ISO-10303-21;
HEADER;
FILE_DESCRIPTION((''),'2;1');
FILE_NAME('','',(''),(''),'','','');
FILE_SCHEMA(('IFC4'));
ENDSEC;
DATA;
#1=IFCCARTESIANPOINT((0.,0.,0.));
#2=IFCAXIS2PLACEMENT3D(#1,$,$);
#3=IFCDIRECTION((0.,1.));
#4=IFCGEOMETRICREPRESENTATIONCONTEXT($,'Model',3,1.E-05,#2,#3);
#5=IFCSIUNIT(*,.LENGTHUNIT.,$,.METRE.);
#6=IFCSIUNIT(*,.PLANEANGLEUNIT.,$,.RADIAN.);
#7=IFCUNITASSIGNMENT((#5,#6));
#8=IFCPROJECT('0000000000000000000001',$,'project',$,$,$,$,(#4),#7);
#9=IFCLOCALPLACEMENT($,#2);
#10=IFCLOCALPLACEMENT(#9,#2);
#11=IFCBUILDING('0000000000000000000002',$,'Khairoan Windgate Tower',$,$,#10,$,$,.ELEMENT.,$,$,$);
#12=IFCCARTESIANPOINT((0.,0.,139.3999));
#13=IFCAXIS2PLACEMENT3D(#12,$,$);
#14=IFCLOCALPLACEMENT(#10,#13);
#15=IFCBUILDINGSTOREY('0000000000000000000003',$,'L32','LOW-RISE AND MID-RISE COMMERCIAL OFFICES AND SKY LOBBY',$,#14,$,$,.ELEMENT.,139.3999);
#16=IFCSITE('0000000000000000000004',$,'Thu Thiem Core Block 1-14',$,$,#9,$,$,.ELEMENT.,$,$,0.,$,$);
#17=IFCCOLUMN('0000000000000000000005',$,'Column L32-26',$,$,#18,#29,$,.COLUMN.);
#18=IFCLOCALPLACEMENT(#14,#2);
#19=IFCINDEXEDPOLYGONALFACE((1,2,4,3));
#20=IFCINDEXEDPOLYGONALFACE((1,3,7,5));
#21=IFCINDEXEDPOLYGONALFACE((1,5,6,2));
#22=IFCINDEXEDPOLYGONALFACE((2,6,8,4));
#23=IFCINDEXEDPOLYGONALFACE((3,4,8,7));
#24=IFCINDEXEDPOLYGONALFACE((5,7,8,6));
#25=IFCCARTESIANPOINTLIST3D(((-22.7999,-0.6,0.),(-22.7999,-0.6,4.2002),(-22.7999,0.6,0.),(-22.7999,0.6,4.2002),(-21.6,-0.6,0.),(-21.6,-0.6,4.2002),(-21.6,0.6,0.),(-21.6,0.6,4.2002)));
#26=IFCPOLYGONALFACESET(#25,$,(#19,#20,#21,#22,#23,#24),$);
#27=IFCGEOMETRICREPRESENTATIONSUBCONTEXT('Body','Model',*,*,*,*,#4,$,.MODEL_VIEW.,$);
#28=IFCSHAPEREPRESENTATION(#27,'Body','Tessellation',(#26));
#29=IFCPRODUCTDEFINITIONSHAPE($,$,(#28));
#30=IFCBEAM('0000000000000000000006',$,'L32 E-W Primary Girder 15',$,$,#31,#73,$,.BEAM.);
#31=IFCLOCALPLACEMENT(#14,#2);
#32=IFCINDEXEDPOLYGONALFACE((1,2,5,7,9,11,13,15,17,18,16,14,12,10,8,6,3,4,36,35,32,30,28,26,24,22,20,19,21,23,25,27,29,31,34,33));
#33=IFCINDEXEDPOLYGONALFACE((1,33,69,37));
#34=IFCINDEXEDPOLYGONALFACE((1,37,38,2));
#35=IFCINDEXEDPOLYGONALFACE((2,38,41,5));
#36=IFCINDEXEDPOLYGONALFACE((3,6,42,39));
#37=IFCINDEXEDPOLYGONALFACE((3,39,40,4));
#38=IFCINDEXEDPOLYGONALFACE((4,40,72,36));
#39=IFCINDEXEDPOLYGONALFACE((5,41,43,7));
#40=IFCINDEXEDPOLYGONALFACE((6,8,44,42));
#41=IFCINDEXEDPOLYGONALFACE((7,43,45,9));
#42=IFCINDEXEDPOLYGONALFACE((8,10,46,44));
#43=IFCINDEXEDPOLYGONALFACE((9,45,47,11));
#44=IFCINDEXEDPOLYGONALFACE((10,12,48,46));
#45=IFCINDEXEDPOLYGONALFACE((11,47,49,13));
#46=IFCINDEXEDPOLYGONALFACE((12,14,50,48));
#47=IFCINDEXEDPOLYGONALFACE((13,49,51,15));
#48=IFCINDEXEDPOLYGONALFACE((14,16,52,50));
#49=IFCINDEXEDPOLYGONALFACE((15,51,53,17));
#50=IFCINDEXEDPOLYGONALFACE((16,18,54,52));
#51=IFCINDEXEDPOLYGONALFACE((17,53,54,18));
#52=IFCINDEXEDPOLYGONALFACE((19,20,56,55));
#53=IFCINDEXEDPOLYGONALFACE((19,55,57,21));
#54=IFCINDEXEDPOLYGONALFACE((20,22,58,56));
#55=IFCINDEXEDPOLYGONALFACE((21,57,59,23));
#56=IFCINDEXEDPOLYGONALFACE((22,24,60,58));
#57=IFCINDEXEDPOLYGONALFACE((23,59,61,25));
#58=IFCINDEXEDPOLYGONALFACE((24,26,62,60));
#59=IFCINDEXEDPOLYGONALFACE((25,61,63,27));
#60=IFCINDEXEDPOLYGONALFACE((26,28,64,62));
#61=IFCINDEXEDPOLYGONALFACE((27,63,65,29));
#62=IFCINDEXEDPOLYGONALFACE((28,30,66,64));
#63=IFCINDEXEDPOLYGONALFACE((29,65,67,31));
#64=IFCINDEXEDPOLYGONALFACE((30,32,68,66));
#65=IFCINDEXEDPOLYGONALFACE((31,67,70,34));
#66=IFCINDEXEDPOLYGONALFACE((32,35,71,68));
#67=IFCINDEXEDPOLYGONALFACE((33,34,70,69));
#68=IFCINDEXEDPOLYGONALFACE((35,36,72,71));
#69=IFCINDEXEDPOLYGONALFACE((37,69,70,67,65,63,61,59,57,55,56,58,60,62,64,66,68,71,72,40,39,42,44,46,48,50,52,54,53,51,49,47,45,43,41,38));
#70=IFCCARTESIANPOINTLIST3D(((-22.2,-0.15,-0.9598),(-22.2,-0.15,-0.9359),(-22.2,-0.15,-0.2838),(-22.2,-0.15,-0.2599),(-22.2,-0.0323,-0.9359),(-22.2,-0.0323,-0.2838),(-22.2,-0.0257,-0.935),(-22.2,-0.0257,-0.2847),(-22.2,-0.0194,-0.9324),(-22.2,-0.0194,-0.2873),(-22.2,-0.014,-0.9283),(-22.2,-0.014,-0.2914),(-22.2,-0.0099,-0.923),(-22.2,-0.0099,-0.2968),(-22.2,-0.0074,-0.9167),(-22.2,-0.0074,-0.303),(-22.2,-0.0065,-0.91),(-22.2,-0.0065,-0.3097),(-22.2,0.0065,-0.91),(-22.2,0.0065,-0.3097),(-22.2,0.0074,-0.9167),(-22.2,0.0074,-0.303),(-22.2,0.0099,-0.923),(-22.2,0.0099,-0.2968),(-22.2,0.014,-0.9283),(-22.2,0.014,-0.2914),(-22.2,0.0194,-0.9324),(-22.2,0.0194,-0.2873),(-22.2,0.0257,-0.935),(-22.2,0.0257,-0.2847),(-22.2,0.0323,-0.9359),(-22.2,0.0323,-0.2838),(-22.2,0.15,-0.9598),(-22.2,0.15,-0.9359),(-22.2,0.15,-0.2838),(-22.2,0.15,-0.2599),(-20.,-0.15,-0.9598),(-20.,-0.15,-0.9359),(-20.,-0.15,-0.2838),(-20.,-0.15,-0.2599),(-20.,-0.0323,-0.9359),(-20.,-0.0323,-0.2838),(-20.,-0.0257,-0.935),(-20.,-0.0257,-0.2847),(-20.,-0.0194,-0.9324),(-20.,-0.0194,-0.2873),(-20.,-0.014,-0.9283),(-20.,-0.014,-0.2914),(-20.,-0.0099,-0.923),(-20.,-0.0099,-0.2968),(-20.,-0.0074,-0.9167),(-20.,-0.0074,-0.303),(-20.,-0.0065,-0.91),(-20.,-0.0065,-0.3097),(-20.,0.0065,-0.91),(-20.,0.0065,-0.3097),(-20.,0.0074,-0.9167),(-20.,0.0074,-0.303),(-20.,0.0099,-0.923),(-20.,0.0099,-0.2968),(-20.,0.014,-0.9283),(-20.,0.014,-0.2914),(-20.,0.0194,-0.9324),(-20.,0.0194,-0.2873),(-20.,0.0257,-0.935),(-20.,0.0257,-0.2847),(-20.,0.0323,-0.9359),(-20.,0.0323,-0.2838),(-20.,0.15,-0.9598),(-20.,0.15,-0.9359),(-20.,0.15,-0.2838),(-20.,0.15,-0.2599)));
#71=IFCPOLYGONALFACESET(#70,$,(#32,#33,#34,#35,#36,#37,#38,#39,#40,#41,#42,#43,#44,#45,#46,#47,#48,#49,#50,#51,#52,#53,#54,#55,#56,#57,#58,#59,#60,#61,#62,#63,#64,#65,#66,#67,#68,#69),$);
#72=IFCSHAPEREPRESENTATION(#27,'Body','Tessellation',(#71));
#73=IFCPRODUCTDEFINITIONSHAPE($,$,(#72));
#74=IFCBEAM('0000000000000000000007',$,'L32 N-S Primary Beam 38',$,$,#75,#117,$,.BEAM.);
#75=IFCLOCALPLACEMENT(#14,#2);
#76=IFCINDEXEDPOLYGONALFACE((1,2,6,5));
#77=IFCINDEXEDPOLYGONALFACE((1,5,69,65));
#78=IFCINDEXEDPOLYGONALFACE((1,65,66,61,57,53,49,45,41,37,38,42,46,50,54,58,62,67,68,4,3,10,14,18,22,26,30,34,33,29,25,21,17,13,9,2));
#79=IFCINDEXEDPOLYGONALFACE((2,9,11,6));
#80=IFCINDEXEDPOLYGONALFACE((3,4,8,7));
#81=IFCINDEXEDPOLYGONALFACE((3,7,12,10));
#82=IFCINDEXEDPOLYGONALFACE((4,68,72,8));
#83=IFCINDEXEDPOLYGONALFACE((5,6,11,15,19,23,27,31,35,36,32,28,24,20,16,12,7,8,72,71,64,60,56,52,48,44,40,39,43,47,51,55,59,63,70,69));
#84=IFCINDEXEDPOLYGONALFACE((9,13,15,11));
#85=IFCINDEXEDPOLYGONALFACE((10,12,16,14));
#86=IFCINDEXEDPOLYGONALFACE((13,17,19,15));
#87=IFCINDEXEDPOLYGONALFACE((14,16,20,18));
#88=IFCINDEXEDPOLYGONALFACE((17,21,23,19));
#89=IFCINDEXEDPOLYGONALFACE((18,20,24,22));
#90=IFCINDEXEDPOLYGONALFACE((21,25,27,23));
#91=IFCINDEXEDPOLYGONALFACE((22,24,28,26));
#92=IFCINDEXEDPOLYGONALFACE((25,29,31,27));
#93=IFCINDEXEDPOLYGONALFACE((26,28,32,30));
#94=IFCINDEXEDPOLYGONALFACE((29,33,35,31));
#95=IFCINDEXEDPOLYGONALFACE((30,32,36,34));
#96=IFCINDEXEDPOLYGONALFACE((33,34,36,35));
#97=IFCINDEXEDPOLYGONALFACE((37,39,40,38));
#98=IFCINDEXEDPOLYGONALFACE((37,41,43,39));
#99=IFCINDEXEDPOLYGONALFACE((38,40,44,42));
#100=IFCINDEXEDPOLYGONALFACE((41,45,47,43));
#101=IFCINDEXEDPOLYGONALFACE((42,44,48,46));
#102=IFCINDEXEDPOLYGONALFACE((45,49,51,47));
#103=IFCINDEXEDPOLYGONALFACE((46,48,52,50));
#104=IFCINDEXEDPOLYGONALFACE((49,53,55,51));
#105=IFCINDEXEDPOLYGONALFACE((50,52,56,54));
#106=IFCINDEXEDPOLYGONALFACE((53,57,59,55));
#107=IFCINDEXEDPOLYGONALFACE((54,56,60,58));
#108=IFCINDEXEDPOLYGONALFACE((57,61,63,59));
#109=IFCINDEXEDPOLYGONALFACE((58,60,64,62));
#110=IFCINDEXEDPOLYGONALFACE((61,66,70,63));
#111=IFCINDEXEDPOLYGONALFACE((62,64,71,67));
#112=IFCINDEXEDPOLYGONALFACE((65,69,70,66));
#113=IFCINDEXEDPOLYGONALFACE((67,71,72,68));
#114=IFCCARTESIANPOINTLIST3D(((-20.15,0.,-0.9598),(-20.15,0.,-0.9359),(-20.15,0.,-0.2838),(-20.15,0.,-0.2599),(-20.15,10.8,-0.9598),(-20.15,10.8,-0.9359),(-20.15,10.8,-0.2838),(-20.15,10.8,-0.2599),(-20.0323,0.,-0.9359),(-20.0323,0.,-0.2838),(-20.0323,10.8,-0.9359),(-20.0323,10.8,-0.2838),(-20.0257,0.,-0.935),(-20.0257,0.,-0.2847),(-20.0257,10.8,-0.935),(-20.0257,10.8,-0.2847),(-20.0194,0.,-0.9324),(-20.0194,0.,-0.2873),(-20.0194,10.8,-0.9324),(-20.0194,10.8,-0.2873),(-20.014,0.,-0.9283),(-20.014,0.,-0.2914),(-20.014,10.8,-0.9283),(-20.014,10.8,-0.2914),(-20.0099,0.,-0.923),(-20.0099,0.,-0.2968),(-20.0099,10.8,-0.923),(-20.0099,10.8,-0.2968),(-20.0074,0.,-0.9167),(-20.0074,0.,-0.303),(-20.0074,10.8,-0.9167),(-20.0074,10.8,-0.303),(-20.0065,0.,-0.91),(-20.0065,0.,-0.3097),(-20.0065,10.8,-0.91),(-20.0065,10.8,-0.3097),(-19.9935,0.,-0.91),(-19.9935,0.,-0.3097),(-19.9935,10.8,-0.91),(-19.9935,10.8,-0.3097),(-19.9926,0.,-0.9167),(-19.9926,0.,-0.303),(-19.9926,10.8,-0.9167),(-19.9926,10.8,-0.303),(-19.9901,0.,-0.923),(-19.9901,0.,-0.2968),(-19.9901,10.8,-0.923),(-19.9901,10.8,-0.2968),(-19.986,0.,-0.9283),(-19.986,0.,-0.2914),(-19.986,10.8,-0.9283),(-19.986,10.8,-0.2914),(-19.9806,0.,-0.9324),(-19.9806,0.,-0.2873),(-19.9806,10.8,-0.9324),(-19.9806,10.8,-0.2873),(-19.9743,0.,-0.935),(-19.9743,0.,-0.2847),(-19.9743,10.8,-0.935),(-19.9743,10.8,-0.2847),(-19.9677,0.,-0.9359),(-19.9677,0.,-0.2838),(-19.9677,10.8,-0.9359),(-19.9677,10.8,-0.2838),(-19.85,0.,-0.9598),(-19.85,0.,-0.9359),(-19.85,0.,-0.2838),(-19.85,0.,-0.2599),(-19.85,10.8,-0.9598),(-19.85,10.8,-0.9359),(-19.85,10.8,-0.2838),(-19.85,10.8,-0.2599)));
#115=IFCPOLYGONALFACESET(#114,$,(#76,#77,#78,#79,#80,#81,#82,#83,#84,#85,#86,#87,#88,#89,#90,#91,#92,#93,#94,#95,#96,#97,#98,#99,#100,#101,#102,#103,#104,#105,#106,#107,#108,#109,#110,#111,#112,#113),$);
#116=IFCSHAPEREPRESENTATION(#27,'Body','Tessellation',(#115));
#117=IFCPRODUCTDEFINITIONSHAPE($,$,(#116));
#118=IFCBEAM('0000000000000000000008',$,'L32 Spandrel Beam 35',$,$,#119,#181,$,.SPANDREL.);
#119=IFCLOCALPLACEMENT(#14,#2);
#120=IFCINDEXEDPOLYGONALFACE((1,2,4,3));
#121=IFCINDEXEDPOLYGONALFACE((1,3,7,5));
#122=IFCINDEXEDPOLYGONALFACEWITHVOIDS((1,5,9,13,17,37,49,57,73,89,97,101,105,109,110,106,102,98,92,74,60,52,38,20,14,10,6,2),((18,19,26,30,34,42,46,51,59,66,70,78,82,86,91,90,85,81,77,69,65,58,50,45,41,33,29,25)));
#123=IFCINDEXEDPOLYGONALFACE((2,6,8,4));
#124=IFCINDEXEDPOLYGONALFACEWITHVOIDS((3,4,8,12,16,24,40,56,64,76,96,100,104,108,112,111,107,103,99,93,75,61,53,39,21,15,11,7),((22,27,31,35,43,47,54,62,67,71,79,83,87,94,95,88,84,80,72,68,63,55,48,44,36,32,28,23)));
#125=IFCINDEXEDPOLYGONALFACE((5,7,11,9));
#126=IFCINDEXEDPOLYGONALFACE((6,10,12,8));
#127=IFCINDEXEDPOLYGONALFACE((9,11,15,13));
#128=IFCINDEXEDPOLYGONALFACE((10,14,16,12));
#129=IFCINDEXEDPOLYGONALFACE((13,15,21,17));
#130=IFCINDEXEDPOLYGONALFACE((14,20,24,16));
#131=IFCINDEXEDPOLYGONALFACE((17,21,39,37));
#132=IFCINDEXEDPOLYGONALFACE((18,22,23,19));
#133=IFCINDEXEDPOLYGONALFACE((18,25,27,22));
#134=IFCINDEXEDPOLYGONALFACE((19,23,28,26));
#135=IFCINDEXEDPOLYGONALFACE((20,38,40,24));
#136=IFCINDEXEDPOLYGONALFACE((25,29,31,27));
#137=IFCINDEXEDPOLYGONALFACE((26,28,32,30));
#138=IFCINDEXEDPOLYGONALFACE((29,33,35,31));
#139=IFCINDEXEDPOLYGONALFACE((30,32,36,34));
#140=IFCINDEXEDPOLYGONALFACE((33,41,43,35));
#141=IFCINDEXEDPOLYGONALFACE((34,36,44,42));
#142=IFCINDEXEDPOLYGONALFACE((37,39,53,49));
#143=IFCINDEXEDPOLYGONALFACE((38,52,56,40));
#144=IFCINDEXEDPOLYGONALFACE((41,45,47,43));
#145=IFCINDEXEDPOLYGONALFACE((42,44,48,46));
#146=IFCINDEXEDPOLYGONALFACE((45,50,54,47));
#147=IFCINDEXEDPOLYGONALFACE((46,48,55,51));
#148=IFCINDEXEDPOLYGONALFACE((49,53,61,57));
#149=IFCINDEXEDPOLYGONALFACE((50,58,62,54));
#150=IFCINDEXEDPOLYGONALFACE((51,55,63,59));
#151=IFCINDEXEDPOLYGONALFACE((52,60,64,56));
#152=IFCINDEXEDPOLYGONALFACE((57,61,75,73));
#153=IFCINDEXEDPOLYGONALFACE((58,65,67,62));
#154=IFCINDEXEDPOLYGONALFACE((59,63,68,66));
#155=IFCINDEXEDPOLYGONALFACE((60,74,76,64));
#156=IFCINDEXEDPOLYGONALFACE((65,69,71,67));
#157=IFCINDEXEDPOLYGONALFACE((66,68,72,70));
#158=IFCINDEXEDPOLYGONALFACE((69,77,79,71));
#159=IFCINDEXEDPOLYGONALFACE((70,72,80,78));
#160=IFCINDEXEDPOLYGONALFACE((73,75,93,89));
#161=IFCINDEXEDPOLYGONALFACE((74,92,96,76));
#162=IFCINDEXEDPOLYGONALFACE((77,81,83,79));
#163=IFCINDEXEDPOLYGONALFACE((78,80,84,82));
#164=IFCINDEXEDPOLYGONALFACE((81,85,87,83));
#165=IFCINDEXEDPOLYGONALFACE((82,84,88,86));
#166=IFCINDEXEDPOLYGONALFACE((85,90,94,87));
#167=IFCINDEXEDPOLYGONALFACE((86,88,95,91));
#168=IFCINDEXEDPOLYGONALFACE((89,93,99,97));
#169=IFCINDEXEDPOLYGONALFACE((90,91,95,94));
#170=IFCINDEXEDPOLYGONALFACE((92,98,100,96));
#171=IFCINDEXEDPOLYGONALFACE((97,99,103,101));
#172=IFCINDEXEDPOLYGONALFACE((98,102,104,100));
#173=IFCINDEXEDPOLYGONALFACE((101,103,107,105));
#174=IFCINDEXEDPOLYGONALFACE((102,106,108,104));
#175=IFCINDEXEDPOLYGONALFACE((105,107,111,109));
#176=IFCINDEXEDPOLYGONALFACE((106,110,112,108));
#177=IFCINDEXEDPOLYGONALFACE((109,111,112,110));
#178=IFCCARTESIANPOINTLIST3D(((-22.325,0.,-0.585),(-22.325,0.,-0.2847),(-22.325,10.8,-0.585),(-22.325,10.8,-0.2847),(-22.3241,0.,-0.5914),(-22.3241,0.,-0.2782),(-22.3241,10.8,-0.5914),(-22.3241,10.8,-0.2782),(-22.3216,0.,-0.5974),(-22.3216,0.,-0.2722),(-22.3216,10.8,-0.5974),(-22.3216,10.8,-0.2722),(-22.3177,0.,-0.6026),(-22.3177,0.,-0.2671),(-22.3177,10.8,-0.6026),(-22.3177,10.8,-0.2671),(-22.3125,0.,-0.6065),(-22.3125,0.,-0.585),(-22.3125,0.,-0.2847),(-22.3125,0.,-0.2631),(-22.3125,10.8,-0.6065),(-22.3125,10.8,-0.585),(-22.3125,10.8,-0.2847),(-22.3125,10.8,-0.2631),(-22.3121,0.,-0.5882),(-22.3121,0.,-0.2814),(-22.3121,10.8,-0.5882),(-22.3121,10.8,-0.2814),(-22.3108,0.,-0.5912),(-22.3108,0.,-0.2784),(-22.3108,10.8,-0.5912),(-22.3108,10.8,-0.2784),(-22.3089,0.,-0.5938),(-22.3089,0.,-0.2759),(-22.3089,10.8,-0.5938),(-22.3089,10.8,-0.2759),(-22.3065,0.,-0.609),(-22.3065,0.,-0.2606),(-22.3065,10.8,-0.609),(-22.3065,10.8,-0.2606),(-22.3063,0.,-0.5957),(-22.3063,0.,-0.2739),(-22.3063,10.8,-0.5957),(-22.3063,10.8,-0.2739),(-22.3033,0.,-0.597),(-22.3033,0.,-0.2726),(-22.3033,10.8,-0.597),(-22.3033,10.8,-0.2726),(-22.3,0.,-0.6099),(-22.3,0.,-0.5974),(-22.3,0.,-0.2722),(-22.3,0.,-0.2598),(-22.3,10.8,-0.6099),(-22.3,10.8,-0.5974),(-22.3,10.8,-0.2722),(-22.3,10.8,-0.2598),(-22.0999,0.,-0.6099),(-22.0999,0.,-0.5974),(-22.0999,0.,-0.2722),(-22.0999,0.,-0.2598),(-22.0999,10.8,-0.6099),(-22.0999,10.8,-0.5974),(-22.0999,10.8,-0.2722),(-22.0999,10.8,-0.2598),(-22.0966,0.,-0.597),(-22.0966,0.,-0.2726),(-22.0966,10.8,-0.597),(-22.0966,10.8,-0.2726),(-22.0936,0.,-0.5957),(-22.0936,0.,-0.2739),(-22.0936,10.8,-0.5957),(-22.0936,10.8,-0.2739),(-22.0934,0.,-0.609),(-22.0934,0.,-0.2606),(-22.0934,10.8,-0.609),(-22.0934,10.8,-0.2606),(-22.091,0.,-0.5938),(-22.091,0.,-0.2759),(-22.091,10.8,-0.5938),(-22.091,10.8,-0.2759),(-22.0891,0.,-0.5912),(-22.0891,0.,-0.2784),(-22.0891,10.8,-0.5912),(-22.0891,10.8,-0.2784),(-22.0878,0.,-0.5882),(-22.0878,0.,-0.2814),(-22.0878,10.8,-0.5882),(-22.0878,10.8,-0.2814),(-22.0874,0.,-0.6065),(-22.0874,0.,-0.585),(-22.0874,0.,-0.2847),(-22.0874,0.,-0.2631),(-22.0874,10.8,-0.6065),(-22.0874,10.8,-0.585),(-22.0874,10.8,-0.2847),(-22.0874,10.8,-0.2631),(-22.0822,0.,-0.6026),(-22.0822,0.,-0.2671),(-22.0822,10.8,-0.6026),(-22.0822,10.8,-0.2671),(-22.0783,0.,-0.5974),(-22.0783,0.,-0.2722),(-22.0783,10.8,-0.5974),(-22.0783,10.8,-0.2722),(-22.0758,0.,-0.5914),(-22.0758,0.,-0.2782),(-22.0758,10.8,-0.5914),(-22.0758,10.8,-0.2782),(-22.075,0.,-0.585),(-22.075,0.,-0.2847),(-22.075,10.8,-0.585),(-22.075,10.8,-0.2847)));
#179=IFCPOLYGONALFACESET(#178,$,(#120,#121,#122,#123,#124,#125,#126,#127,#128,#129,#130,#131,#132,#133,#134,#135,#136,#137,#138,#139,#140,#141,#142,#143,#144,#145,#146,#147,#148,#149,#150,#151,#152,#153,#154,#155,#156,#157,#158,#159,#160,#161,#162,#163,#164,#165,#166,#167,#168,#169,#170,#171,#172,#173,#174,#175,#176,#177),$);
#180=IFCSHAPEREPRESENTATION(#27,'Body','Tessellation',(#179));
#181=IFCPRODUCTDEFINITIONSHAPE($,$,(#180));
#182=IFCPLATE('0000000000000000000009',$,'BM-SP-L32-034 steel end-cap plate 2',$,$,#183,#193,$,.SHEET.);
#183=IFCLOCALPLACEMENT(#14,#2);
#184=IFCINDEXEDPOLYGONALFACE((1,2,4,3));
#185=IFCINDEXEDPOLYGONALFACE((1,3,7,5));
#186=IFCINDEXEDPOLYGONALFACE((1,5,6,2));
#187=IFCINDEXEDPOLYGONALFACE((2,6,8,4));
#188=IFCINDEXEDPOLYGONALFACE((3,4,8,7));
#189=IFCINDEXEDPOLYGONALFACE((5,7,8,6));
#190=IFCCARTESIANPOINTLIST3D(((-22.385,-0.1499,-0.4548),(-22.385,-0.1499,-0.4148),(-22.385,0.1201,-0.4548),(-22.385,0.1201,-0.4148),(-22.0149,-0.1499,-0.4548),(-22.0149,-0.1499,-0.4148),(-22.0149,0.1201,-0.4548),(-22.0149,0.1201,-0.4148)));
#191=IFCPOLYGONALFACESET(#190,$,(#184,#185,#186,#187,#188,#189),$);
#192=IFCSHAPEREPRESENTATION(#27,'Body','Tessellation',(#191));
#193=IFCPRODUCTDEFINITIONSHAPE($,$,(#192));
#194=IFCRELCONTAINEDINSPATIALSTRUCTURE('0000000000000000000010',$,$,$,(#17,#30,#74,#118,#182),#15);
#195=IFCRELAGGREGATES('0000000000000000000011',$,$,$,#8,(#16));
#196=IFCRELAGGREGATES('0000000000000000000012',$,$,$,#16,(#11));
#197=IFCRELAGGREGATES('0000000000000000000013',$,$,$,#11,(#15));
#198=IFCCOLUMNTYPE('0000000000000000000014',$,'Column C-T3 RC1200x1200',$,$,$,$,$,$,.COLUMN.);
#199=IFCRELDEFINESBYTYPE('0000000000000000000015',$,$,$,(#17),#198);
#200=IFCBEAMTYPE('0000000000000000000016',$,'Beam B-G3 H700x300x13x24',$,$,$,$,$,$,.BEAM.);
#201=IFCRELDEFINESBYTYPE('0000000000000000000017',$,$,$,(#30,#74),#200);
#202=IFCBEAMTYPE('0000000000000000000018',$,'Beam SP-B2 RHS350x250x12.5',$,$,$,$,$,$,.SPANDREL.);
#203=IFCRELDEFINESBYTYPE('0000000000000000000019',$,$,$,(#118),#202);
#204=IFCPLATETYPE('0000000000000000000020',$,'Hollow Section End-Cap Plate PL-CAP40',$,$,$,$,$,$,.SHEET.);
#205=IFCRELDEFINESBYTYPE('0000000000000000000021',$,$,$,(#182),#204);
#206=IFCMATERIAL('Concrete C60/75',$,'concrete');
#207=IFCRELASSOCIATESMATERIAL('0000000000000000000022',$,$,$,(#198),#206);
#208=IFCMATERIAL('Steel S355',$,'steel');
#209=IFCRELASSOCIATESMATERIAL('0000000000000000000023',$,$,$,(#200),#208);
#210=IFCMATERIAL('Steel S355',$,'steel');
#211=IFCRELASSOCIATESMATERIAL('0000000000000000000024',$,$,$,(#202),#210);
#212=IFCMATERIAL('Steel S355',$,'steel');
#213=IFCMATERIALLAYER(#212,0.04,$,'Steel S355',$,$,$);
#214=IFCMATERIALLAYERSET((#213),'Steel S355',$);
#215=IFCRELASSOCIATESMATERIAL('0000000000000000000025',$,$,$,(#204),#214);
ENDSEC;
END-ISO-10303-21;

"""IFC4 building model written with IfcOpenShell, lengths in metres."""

from ifc_helpers import new_model, si_unit, direction, frame, origin, origin_2d, place, context, subcontext, project, spatial, rectangle, hollow_rectangle, i_section, extrude, material, layer, layer_set, material_profile, profile_set, type_object, element, save


model = new_model("IFC4")

# Units and contexts
model_context = context("Model", 3, precision=1e-05, world=origin(), true_north=direction((0.0, 1.0)))
body_context = subcontext(model_context, "Body", "Model", "MODEL_VIEW")
ifc_project = project(units=[si_unit("LENGTHUNIT", "METRE"), si_unit("PLANEANGLEUNIT", "RADIAN")], contexts=[model_context])

# Site, building, storey
site_placement = place(None, origin())
site = spatial("IfcSite", under=ifc_project, at=site_placement, Name="Thu Thiem Core Block 1-14", CompositionType="ELEMENT", RefElevation=0.0)
building_placement = place(site_placement, origin())
building = spatial("IfcBuilding", under=site, at=building_placement, Name="Khairoan Windgate Tower", CompositionType="ELEMENT")
storey_placement = place(building_placement, frame((0.0, 0.0, 139.3999)))
storey = spatial("IfcBuildingStorey", under=building, at=storey_placement, Name="L32", Description="LOW-RISE AND MID-RISE COMMERCIAL OFFICES AND SKY LOBBY", CompositionType="ELEMENT", Elevation=139.3999)

# Column
ifc_material_1 = material(Name="Concrete C60/75", Category="concrete")
ifc_material_profile_1 = material_profile(ifc_material_1, rectangle(XDim=1.2, YDim=1.2, at=origin_2d()))
ifc_profile_set_1 = profile_set([ifc_material_profile_1], Name="Concrete C60/75")
column_type = type_object("IfcColumnType", Name="Column C-T3 RC1200x1200", PredefinedType="COLUMN", material=ifc_profile_set_1)
column_placement = place(storey_placement, frame((-22.2, 0.0, 0.0), z_axis=(0.0, 0.0, 1.0), x_axis=(1.0, 0.0, 0.0)))
element("IfcColumn", 1, at=column_placement, inside=storey, type_object=column_type, Name="Column L32-26", PredefinedType="COLUMN", context=body_context, shape_type="SweptSolid", body=[
    extrude(rectangle(XDim=1.2, YDim=1.2, at=origin_2d()), origin(), (0.0, 0.0, 1.0), 4.2002),
])

# Beams
ifc_material_2 = material(Name="Steel S355", Category="steel")
ifc_material_profile_2 = material_profile(ifc_material_2, i_section(OverallWidth=0.3, OverallDepth=0.7, WebThickness=0.0129, FlangeThickness=0.0239, FilletRadius=0.0259, at=origin_2d()))
ifc_profile_set_2 = profile_set([ifc_material_profile_2], Name="Steel S355")
beam_type_1 = type_object("IfcBeamType", Name="Beam B-G3 H700x300x13x24", PredefinedType="BEAM", material=ifc_profile_set_2)
beam_1_placement = place(storey_placement, frame((-22.2, 0.0, -0.6099), z_axis=(1.0, 0.0, 0.0), x_axis=(0.0, 1.0, 0.0)))
element("IfcBeam", 2, at=beam_1_placement, inside=storey, type_object=beam_type_1, Name="L32 E-W Primary Girder 15", PredefinedType="BEAM", context=body_context, shape_type="SweptSolid", body=[
    extrude(i_section(OverallWidth=0.3, OverallDepth=0.7, WebThickness=0.0129, FlangeThickness=0.0239, FilletRadius=0.0259, at=origin_2d()), origin(), (0.0, 0.0, 1.0), 2.2),
])
beam_2_placement = place(storey_placement, frame((-20.0, 0.0, -0.6099), z_axis=(0.0, 1.0, 0.0), x_axis=(-1.0, 0.0, 0.0)))
element("IfcBeam", 3, at=beam_2_placement, inside=storey, type_object=beam_type_1, Name="L32 N-S Primary Beam 38", PredefinedType="BEAM", context=body_context, shape_type="SweptSolid", body=[
    extrude(i_section(OverallWidth=0.3, OverallDepth=0.7, WebThickness=0.0129, FlangeThickness=0.0239, FilletRadius=0.0259, at=origin_2d()), origin(), (0.0, 0.0, 1.0), 10.8),
])
ifc_material_3 = material(Name="Steel S355", Category="steel")
ifc_material_profile_3 = material_profile(ifc_material_3, hollow_rectangle(XDim=0.25, YDim=0.3501, WallThickness=0.0125, InnerFilletRadius=0.0125, OuterFilletRadius=0.0249, at=origin_2d()))
ifc_profile_set_3 = profile_set([ifc_material_profile_3], Name="Steel S355")
beam_type_2 = type_object("IfcBeamType", Name="Beam SP-B2 RHS350x250x12.5", PredefinedType="SPANDREL", material=ifc_profile_set_3)
beam_3_placement = place(storey_placement, frame((-22.2, 0.0, -0.4348), z_axis=(0.0, 1.0, 0.0), x_axis=(-1.0, 0.0, 0.0)))
element("IfcBeam", 4, at=beam_3_placement, inside=storey, type_object=beam_type_2, Name="L32 Spandrel Beam 35", PredefinedType="SPANDREL", context=body_context, shape_type="SweptSolid", body=[
    extrude(hollow_rectangle(XDim=0.25, YDim=0.3501, WallThickness=0.0125, InnerFilletRadius=0.0125, OuterFilletRadius=0.0249, at=origin_2d()), origin(), (0.0, 0.0, 1.0), 10.8),
])

# Plate
ifc_material_4 = material(Name="Steel S355", Category="steel")
ifc_layer_1 = layer(ifc_material_4, 0.04, Name="Steel S355")
ifc_layer_set_1 = layer_set([ifc_layer_1], Name="Steel S355")
plate_type = type_object("IfcPlateType", Name="Hollow Section End-Cap Plate PL-CAP40", PredefinedType="SHEET", material=ifc_layer_set_1)
for number, where, z_axis, x_axis, name in (
    (5, (-22.2, -0.0149, -0.4548), (0.0, 0.0, 1.0), (0.0, 1.0, 0.0), "BM-SP-L32-034 steel end-cap plate 2"),
):
    element("IfcPlate", number, at=place(storey_placement, frame(where, z_axis=z_axis, x_axis=x_axis)), inside=storey, type_object=plate_type, Name=name, PredefinedType="SHEET", context=body_context, shape_type="SweptSolid", body=[
        extrude(rectangle(XDim=0.27, YDim=0.3701, at=origin_2d()), origin(), (0.0, 0.0, 1.0), 0.04),
    ])

save(model, "model.ifc")
